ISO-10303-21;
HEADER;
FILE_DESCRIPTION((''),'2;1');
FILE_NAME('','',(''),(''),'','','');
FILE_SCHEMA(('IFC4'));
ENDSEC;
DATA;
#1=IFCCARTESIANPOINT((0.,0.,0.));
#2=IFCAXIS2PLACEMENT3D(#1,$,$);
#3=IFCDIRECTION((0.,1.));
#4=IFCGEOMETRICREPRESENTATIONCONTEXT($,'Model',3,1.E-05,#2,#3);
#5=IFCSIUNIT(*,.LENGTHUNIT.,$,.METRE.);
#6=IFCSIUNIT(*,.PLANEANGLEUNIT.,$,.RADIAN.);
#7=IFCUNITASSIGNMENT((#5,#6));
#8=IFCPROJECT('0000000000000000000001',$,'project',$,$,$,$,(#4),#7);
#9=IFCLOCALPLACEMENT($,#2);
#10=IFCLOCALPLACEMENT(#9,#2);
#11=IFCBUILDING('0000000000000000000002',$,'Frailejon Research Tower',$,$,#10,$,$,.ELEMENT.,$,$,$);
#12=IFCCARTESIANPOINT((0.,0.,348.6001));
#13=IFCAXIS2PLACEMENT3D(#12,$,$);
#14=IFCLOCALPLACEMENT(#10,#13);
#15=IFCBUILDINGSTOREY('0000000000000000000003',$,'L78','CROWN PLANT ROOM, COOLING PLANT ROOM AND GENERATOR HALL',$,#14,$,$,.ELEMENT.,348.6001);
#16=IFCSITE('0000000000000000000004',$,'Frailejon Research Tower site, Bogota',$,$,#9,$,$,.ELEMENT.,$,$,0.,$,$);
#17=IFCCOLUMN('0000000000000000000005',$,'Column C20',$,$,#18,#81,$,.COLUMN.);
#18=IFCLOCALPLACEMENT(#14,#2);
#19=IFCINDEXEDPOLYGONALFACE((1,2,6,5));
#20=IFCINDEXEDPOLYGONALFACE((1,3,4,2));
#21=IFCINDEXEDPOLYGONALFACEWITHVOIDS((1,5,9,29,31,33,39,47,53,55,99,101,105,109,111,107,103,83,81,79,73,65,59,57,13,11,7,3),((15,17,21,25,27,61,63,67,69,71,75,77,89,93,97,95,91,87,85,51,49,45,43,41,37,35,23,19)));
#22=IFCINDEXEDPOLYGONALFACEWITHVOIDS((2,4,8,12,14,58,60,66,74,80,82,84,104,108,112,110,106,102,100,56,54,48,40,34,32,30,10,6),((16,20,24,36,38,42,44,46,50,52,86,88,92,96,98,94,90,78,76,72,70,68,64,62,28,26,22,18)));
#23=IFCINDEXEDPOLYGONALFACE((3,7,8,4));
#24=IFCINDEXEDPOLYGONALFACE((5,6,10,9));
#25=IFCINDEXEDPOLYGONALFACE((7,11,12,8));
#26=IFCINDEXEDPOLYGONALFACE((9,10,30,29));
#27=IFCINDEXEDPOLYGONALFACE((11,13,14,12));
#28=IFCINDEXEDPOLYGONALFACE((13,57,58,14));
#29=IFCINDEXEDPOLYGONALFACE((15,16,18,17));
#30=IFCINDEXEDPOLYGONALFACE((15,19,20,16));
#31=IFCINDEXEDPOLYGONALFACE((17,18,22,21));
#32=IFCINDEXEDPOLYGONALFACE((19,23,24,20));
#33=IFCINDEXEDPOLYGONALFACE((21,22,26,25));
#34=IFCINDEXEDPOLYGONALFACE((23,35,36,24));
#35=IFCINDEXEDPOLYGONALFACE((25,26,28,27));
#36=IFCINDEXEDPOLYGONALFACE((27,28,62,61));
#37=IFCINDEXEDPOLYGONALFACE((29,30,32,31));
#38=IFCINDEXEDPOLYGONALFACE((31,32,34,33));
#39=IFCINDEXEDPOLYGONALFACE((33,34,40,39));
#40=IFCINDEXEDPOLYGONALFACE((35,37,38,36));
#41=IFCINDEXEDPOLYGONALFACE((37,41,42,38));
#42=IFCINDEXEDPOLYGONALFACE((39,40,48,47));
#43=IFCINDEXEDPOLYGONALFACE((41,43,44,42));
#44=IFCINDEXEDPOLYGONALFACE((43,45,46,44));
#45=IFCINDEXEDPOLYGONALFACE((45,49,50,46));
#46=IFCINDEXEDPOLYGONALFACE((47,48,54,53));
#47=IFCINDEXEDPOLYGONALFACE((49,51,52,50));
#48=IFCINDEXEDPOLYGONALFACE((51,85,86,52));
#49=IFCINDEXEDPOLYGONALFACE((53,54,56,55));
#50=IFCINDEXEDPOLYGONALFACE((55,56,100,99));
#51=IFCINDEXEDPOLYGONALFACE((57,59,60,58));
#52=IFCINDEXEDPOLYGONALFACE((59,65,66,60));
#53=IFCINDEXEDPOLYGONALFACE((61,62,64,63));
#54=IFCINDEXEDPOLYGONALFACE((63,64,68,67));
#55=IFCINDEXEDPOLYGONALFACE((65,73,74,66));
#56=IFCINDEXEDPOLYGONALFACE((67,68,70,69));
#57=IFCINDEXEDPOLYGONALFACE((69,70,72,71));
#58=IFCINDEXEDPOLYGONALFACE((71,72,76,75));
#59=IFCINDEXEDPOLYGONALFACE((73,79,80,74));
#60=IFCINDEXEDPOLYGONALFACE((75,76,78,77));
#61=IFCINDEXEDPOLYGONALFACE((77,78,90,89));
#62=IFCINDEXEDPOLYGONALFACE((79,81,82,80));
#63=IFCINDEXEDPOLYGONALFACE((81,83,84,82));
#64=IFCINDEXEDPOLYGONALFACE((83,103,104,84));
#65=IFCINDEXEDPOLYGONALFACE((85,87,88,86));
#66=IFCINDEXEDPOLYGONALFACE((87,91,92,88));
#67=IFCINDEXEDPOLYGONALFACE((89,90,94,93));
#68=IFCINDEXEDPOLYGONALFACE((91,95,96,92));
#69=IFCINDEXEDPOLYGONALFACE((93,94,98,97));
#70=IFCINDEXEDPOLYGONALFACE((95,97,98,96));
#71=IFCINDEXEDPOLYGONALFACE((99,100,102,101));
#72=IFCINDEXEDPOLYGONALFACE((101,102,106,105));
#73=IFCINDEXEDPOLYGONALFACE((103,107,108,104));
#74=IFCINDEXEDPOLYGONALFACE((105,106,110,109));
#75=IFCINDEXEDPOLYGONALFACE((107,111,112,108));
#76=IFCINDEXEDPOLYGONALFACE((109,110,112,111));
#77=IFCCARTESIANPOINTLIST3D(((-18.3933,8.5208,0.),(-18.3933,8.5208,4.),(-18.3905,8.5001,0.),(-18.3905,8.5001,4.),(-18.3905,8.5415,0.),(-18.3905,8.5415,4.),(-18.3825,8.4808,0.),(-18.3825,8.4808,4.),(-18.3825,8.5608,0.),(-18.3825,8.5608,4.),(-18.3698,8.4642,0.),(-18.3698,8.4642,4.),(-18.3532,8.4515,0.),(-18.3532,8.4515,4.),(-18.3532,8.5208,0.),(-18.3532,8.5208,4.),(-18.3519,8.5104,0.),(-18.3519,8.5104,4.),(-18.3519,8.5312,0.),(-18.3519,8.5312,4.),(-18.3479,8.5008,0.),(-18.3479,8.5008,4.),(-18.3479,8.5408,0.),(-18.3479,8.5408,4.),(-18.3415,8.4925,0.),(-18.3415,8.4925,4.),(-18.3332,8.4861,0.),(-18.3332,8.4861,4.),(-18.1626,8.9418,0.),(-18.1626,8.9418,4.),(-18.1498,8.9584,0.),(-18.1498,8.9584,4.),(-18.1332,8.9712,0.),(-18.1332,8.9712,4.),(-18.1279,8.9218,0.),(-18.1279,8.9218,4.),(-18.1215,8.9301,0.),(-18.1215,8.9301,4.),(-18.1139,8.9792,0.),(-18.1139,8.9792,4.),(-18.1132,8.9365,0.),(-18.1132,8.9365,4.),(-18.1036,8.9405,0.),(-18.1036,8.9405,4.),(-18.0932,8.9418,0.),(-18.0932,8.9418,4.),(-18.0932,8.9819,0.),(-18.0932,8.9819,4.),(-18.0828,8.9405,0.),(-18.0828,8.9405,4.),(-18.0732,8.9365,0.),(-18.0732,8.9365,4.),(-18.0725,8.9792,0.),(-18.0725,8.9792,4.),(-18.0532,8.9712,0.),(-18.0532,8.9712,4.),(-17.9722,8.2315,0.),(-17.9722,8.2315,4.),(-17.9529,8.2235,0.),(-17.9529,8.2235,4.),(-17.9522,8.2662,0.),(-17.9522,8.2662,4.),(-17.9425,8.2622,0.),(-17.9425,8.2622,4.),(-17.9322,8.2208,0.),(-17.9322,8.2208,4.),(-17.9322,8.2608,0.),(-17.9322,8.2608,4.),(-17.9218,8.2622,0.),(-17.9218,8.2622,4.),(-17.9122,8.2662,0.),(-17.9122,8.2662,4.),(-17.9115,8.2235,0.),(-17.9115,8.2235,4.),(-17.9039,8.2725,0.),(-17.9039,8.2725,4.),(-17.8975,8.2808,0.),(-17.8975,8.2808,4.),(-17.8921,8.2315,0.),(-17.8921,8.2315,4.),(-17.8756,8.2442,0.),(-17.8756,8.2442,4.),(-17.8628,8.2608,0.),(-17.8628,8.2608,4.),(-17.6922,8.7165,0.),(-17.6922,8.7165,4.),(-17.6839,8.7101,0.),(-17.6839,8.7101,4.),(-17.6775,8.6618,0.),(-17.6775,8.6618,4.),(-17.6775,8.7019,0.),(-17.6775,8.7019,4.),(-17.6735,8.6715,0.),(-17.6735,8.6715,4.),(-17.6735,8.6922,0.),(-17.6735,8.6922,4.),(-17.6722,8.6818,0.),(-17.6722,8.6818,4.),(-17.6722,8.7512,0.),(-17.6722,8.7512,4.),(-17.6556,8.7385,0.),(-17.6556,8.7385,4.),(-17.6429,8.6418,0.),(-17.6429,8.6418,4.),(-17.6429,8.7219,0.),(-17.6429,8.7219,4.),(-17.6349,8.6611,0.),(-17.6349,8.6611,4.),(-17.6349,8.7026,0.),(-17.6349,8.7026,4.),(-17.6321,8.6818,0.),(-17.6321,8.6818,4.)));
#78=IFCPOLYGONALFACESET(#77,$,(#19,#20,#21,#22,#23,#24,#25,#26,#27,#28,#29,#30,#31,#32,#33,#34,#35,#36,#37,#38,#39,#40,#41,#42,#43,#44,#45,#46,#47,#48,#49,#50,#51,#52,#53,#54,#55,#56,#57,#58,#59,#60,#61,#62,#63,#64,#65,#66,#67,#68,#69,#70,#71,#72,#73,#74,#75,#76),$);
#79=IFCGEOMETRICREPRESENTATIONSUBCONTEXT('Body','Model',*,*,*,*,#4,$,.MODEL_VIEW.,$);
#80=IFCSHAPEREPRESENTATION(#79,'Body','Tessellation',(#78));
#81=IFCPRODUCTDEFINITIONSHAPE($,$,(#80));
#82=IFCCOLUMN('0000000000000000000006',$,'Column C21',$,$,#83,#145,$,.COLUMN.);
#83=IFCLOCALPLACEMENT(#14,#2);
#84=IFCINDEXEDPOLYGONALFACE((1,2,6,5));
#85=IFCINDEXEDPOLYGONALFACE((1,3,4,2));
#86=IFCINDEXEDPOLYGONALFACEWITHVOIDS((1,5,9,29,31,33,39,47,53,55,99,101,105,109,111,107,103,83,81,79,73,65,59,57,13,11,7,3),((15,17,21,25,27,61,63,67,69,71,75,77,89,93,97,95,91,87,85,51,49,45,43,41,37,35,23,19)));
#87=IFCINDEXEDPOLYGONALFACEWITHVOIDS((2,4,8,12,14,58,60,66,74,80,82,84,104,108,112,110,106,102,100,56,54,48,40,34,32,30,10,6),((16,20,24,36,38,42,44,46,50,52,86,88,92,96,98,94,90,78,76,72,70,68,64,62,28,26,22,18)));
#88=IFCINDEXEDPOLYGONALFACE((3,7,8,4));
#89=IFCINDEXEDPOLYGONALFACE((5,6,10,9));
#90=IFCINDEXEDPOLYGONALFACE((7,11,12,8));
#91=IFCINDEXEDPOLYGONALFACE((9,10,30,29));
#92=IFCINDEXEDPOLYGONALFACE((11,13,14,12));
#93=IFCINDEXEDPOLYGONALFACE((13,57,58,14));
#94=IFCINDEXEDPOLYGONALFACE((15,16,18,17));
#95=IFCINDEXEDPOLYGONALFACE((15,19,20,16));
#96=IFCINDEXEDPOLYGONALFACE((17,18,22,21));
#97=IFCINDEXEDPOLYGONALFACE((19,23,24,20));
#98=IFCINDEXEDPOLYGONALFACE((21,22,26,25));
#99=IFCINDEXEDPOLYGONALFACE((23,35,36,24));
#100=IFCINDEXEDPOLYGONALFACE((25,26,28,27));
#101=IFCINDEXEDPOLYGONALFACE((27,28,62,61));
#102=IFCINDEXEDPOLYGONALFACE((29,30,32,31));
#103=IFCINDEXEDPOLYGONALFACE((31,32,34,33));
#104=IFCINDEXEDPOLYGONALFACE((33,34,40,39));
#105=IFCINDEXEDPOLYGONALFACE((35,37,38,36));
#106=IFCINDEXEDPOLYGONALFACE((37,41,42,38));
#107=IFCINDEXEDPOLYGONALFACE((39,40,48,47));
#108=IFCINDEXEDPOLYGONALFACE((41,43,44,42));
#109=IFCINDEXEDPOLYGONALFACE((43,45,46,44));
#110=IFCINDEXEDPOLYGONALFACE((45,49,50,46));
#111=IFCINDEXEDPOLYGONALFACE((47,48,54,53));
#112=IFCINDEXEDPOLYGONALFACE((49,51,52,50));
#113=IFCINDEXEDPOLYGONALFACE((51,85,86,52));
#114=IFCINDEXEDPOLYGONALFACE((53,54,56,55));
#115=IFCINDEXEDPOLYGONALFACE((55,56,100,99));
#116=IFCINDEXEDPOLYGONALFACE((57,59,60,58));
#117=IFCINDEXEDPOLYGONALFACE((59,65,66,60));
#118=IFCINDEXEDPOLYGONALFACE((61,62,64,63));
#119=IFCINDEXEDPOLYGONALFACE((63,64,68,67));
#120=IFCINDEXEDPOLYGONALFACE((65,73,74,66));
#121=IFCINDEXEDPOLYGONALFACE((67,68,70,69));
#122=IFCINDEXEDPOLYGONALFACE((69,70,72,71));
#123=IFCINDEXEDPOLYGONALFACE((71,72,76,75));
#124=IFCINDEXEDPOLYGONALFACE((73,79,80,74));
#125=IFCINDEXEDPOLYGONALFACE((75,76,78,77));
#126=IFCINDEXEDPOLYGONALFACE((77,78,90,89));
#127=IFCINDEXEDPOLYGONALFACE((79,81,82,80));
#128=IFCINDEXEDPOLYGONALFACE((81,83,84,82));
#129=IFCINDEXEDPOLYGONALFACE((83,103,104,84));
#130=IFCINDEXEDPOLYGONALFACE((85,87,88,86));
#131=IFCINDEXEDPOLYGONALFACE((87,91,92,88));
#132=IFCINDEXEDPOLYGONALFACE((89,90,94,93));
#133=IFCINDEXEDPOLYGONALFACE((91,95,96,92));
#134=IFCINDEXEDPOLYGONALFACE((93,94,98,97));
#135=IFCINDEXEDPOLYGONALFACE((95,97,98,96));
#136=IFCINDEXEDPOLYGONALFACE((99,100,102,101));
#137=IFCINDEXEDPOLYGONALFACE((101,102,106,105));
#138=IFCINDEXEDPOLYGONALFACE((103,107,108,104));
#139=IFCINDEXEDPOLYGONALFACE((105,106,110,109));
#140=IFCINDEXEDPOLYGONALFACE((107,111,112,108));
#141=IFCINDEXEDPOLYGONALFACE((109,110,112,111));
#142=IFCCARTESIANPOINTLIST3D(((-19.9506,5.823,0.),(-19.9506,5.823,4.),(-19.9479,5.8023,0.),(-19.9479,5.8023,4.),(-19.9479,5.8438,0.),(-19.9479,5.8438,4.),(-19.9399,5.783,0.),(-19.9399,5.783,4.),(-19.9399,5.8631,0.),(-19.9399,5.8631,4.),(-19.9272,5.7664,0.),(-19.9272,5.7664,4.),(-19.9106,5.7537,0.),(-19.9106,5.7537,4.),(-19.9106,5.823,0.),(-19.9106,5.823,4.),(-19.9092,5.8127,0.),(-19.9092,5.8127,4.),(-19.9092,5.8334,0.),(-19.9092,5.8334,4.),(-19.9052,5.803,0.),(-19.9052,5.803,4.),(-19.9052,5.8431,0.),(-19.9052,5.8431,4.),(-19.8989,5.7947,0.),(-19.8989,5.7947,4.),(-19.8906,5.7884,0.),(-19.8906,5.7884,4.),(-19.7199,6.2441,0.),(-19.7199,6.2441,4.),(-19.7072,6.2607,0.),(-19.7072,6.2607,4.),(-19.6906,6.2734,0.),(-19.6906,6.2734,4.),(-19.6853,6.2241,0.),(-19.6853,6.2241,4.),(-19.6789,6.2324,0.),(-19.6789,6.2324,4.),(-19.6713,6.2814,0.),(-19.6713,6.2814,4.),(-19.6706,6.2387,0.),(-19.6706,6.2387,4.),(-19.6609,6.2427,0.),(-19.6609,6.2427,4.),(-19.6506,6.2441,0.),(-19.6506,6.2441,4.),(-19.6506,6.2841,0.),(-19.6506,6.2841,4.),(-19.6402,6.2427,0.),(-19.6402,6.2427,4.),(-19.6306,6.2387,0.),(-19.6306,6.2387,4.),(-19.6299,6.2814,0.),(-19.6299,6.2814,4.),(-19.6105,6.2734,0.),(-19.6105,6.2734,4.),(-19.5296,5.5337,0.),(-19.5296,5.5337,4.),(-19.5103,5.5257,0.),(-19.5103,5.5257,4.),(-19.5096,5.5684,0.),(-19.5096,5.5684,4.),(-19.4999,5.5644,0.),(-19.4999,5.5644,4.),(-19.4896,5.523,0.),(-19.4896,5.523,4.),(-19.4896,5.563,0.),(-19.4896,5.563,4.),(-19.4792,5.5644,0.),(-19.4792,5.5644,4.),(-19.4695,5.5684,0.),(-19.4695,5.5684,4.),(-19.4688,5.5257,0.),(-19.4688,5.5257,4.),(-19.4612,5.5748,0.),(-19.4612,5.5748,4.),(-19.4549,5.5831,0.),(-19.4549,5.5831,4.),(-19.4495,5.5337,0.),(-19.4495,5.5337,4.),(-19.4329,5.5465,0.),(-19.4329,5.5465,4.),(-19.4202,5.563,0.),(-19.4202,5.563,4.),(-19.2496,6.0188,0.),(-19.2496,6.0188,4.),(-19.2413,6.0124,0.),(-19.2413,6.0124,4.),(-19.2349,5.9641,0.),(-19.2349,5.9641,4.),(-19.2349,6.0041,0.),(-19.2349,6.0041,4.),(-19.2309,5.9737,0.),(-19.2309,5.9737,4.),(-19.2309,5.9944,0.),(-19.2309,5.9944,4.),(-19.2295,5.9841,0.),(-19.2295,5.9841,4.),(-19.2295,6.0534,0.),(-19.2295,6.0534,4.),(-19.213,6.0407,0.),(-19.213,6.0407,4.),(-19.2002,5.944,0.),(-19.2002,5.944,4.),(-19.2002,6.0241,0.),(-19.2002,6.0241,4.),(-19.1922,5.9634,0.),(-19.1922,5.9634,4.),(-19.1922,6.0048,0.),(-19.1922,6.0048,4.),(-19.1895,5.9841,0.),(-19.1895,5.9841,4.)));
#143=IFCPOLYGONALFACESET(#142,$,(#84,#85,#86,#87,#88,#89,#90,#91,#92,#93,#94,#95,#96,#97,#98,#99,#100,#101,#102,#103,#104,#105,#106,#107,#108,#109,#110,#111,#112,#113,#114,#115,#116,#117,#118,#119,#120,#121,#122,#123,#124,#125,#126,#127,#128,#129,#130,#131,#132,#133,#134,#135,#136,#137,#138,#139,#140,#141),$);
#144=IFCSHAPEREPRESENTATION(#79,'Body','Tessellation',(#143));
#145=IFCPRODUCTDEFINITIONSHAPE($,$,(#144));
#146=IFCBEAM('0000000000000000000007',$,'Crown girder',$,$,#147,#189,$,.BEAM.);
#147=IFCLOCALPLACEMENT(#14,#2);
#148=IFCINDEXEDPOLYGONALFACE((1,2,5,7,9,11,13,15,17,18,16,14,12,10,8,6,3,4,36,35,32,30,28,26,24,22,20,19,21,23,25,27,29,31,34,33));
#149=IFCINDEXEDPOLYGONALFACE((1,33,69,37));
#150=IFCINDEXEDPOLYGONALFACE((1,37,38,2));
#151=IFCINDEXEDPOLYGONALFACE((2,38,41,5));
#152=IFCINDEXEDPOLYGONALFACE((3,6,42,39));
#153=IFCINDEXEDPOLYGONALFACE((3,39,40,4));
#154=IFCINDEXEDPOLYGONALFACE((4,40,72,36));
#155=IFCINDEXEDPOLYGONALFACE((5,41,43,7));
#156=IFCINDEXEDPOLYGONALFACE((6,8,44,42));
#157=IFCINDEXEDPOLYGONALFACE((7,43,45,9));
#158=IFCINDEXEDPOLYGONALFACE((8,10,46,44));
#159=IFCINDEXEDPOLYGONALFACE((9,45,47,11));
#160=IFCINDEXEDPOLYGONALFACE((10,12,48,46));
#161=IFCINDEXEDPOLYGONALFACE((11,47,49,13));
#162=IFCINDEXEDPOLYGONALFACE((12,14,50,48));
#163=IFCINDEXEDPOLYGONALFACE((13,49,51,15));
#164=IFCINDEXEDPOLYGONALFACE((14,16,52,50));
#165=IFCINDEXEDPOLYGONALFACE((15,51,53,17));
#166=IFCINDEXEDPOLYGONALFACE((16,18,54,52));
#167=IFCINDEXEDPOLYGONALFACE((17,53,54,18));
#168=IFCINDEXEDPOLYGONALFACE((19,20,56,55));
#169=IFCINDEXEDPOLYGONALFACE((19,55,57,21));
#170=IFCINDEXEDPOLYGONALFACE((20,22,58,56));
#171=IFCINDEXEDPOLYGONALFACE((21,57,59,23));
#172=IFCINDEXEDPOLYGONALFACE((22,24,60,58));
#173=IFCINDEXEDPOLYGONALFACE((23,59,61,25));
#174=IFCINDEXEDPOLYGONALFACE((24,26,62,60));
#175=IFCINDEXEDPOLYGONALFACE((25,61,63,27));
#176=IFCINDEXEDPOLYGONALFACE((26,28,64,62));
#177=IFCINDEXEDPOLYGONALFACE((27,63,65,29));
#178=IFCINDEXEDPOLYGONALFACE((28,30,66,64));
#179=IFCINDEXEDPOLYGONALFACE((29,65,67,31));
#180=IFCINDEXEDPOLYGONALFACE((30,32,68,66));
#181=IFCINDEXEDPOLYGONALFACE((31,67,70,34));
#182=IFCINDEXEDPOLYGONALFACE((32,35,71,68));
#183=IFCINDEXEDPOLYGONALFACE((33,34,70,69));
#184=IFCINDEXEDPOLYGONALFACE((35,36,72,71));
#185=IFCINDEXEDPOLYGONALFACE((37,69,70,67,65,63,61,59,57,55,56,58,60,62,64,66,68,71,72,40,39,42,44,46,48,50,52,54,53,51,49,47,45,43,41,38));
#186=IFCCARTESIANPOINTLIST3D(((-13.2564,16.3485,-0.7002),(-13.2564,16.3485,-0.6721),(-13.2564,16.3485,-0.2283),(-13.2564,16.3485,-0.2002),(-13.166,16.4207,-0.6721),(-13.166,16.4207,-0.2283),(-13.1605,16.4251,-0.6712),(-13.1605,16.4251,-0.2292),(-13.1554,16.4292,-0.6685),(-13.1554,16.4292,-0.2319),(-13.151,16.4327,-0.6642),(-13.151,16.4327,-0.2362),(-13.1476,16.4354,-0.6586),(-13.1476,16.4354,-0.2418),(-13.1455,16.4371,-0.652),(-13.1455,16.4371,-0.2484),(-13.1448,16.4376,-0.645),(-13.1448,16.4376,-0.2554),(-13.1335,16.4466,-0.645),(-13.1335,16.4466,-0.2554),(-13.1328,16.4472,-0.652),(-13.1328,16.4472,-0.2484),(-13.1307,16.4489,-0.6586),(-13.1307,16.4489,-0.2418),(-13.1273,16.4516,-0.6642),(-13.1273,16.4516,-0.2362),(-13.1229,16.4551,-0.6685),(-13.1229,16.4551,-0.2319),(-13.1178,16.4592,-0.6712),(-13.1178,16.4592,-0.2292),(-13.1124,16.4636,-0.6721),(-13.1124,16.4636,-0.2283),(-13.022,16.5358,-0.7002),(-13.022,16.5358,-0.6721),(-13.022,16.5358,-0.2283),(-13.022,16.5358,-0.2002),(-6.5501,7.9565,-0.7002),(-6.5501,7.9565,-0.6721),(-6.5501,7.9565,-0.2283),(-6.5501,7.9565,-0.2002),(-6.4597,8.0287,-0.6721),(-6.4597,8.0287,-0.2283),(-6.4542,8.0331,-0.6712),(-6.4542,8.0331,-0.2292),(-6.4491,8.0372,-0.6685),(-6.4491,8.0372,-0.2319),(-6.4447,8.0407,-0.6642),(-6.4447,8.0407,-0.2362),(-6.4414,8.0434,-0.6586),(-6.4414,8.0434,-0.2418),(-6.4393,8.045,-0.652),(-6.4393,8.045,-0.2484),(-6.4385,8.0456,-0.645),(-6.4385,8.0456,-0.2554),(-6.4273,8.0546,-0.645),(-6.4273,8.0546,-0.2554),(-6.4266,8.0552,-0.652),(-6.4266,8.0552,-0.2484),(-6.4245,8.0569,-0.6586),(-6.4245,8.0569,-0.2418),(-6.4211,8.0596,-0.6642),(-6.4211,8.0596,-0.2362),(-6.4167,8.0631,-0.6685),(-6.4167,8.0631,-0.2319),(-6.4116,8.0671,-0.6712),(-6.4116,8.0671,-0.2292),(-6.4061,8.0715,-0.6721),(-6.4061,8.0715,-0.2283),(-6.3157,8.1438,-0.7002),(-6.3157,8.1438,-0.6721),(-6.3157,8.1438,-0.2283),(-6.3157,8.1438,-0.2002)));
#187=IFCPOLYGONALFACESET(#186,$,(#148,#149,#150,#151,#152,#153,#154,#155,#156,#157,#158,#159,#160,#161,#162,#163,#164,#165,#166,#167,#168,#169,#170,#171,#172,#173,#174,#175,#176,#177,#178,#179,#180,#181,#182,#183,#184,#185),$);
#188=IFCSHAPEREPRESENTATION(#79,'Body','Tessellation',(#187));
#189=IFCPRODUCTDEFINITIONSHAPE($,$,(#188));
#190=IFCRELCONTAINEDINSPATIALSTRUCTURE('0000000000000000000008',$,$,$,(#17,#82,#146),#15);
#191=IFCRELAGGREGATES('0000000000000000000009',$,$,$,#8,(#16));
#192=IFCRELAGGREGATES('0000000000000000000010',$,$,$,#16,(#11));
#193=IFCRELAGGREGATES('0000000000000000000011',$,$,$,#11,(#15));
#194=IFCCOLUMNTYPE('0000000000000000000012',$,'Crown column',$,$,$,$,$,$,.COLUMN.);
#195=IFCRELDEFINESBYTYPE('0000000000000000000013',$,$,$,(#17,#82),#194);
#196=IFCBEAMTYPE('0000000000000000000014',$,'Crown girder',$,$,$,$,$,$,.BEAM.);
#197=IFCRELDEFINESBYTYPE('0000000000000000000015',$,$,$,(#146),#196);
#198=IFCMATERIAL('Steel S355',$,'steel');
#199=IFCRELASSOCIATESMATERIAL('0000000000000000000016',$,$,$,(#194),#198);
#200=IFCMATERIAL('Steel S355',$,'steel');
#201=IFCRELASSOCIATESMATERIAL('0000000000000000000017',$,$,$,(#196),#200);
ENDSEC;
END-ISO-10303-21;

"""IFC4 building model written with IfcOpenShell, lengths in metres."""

from ifc_helpers import new_model, si_unit, direction, frame, origin, origin_2d, place, context, subcontext, project, spatial, hollow_rectangle, i_section, extrude, material, material_profile, profile_set, type_object, element, save


model = new_model("IFC4")

# Units and contexts
model_context = context("Model", 3, precision=1e-05, world=origin(), true_north=direction((0.0, 1.0)))
body_context = subcontext(model_context, "Body", "Model", "MODEL_VIEW")
ifc_project = project(units=[si_unit("LENGTHUNIT", "METRE"), si_unit("PLANEANGLEUNIT", "RADIAN")], contexts=[model_context])

# Site, building, storey
site_placement = place(None, origin())
site = spatial("IfcSite", under=ifc_project, at=site_placement, Name="Frailejon Research Tower site, Bogota", CompositionType="ELEMENT", RefElevation=0.0)
building_placement = place(site_placement, origin())
building = spatial("IfcBuilding", under=site, at=building_placement, Name="Frailejon Research Tower", CompositionType="ELEMENT")
storey_placement = place(building_placement, frame((0.0, 0.0, 348.6001)))
storey = spatial("IfcBuildingStorey", under=building, at=storey_placement, Name="L78", Description="CROWN PLANT ROOM, COOLING PLANT ROOM AND GENERATOR HALL", CompositionType="ELEMENT", Elevation=348.6001)

# Columns
ifc_material_1 = material(Name="Steel S355", Category="steel")
ifc_material_profile_1 = material_profile(ifc_material_1, hollow_rectangle(XDim=0.6001, YDim=0.6001, WallThickness=0.04, InnerFilletRadius=0.04, OuterFilletRadius=0.0801, at=origin_2d()), Name="Crown column")
ifc_profile_set_1 = profile_set([ifc_material_profile_1], Name="Steel S355")
column_type = type_object("IfcColumnType", Name="Crown column", PredefinedType="COLUMN", material=ifc_profile_set_1)
for number, where, z_axis, x_axis, name in (
    (1, (-18.0127, 8.6013, 0.0), (0.0, 0.0, 1.0), (-0.5, -0.866025, 0.0), "Column C20"),
    (2, (-19.5701, 5.9036, 0.0), (0.0, 0.0, 1.0), (-0.5, -0.866025, 0.0), "Column C21"),
):
    element("IfcColumn", number, at=place(storey_placement, frame(where, z_axis=z_axis, x_axis=x_axis)), inside=storey, type_object=column_type, Name=name, PredefinedType="COLUMN", context=body_context, shape_type="SweptSolid", body=[
        extrude(hollow_rectangle(XDim=0.6001, YDim=0.6001, WallThickness=0.04, InnerFilletRadius=0.04, OuterFilletRadius=0.0801, at=origin_2d()), origin(), (0.0, 0.0, 1.0), 4.0),
    ])

# Beam
ifc_material_2 = material(Name="Steel S355", Category="steel")
ifc_material_profile_2 = material_profile(ifc_material_2, i_section(OverallWidth=0.3, OverallDepth=0.5, WebThickness=0.0144, FlangeThickness=0.0281, FilletRadius=0.0271, at=origin_2d()), Name="HE 500 B")
ifc_profile_set_2 = profile_set([ifc_material_profile_2], Name="Steel S355")
beam_type_1 = type_object("IfcBeamType", Name="Crown girder", PredefinedType="BEAM", material=ifc_profile_set_2)
beam_1_placement = place(storey_placement, frame((-13.1392, 16.4421, -0.4502), z_axis=(0.624276, -0.781203, 0.0), x_axis=(0.781203, 0.624276, 0.0)))
element("IfcBeam", 3, at=beam_1_placement, inside=storey, type_object=beam_type_1, Name="Crown girder", PredefinedType="BEAM", context=body_context, shape_type="SweptSolid", body=[
    extrude(i_section(OverallWidth=0.3, OverallDepth=0.5, WebThickness=0.0144, FlangeThickness=0.0281, FilletRadius=0.0271, at=origin_2d()), origin(), (0.0, 0.0, 1.0), 10.7424),
])

save(model, "model.ifc")
